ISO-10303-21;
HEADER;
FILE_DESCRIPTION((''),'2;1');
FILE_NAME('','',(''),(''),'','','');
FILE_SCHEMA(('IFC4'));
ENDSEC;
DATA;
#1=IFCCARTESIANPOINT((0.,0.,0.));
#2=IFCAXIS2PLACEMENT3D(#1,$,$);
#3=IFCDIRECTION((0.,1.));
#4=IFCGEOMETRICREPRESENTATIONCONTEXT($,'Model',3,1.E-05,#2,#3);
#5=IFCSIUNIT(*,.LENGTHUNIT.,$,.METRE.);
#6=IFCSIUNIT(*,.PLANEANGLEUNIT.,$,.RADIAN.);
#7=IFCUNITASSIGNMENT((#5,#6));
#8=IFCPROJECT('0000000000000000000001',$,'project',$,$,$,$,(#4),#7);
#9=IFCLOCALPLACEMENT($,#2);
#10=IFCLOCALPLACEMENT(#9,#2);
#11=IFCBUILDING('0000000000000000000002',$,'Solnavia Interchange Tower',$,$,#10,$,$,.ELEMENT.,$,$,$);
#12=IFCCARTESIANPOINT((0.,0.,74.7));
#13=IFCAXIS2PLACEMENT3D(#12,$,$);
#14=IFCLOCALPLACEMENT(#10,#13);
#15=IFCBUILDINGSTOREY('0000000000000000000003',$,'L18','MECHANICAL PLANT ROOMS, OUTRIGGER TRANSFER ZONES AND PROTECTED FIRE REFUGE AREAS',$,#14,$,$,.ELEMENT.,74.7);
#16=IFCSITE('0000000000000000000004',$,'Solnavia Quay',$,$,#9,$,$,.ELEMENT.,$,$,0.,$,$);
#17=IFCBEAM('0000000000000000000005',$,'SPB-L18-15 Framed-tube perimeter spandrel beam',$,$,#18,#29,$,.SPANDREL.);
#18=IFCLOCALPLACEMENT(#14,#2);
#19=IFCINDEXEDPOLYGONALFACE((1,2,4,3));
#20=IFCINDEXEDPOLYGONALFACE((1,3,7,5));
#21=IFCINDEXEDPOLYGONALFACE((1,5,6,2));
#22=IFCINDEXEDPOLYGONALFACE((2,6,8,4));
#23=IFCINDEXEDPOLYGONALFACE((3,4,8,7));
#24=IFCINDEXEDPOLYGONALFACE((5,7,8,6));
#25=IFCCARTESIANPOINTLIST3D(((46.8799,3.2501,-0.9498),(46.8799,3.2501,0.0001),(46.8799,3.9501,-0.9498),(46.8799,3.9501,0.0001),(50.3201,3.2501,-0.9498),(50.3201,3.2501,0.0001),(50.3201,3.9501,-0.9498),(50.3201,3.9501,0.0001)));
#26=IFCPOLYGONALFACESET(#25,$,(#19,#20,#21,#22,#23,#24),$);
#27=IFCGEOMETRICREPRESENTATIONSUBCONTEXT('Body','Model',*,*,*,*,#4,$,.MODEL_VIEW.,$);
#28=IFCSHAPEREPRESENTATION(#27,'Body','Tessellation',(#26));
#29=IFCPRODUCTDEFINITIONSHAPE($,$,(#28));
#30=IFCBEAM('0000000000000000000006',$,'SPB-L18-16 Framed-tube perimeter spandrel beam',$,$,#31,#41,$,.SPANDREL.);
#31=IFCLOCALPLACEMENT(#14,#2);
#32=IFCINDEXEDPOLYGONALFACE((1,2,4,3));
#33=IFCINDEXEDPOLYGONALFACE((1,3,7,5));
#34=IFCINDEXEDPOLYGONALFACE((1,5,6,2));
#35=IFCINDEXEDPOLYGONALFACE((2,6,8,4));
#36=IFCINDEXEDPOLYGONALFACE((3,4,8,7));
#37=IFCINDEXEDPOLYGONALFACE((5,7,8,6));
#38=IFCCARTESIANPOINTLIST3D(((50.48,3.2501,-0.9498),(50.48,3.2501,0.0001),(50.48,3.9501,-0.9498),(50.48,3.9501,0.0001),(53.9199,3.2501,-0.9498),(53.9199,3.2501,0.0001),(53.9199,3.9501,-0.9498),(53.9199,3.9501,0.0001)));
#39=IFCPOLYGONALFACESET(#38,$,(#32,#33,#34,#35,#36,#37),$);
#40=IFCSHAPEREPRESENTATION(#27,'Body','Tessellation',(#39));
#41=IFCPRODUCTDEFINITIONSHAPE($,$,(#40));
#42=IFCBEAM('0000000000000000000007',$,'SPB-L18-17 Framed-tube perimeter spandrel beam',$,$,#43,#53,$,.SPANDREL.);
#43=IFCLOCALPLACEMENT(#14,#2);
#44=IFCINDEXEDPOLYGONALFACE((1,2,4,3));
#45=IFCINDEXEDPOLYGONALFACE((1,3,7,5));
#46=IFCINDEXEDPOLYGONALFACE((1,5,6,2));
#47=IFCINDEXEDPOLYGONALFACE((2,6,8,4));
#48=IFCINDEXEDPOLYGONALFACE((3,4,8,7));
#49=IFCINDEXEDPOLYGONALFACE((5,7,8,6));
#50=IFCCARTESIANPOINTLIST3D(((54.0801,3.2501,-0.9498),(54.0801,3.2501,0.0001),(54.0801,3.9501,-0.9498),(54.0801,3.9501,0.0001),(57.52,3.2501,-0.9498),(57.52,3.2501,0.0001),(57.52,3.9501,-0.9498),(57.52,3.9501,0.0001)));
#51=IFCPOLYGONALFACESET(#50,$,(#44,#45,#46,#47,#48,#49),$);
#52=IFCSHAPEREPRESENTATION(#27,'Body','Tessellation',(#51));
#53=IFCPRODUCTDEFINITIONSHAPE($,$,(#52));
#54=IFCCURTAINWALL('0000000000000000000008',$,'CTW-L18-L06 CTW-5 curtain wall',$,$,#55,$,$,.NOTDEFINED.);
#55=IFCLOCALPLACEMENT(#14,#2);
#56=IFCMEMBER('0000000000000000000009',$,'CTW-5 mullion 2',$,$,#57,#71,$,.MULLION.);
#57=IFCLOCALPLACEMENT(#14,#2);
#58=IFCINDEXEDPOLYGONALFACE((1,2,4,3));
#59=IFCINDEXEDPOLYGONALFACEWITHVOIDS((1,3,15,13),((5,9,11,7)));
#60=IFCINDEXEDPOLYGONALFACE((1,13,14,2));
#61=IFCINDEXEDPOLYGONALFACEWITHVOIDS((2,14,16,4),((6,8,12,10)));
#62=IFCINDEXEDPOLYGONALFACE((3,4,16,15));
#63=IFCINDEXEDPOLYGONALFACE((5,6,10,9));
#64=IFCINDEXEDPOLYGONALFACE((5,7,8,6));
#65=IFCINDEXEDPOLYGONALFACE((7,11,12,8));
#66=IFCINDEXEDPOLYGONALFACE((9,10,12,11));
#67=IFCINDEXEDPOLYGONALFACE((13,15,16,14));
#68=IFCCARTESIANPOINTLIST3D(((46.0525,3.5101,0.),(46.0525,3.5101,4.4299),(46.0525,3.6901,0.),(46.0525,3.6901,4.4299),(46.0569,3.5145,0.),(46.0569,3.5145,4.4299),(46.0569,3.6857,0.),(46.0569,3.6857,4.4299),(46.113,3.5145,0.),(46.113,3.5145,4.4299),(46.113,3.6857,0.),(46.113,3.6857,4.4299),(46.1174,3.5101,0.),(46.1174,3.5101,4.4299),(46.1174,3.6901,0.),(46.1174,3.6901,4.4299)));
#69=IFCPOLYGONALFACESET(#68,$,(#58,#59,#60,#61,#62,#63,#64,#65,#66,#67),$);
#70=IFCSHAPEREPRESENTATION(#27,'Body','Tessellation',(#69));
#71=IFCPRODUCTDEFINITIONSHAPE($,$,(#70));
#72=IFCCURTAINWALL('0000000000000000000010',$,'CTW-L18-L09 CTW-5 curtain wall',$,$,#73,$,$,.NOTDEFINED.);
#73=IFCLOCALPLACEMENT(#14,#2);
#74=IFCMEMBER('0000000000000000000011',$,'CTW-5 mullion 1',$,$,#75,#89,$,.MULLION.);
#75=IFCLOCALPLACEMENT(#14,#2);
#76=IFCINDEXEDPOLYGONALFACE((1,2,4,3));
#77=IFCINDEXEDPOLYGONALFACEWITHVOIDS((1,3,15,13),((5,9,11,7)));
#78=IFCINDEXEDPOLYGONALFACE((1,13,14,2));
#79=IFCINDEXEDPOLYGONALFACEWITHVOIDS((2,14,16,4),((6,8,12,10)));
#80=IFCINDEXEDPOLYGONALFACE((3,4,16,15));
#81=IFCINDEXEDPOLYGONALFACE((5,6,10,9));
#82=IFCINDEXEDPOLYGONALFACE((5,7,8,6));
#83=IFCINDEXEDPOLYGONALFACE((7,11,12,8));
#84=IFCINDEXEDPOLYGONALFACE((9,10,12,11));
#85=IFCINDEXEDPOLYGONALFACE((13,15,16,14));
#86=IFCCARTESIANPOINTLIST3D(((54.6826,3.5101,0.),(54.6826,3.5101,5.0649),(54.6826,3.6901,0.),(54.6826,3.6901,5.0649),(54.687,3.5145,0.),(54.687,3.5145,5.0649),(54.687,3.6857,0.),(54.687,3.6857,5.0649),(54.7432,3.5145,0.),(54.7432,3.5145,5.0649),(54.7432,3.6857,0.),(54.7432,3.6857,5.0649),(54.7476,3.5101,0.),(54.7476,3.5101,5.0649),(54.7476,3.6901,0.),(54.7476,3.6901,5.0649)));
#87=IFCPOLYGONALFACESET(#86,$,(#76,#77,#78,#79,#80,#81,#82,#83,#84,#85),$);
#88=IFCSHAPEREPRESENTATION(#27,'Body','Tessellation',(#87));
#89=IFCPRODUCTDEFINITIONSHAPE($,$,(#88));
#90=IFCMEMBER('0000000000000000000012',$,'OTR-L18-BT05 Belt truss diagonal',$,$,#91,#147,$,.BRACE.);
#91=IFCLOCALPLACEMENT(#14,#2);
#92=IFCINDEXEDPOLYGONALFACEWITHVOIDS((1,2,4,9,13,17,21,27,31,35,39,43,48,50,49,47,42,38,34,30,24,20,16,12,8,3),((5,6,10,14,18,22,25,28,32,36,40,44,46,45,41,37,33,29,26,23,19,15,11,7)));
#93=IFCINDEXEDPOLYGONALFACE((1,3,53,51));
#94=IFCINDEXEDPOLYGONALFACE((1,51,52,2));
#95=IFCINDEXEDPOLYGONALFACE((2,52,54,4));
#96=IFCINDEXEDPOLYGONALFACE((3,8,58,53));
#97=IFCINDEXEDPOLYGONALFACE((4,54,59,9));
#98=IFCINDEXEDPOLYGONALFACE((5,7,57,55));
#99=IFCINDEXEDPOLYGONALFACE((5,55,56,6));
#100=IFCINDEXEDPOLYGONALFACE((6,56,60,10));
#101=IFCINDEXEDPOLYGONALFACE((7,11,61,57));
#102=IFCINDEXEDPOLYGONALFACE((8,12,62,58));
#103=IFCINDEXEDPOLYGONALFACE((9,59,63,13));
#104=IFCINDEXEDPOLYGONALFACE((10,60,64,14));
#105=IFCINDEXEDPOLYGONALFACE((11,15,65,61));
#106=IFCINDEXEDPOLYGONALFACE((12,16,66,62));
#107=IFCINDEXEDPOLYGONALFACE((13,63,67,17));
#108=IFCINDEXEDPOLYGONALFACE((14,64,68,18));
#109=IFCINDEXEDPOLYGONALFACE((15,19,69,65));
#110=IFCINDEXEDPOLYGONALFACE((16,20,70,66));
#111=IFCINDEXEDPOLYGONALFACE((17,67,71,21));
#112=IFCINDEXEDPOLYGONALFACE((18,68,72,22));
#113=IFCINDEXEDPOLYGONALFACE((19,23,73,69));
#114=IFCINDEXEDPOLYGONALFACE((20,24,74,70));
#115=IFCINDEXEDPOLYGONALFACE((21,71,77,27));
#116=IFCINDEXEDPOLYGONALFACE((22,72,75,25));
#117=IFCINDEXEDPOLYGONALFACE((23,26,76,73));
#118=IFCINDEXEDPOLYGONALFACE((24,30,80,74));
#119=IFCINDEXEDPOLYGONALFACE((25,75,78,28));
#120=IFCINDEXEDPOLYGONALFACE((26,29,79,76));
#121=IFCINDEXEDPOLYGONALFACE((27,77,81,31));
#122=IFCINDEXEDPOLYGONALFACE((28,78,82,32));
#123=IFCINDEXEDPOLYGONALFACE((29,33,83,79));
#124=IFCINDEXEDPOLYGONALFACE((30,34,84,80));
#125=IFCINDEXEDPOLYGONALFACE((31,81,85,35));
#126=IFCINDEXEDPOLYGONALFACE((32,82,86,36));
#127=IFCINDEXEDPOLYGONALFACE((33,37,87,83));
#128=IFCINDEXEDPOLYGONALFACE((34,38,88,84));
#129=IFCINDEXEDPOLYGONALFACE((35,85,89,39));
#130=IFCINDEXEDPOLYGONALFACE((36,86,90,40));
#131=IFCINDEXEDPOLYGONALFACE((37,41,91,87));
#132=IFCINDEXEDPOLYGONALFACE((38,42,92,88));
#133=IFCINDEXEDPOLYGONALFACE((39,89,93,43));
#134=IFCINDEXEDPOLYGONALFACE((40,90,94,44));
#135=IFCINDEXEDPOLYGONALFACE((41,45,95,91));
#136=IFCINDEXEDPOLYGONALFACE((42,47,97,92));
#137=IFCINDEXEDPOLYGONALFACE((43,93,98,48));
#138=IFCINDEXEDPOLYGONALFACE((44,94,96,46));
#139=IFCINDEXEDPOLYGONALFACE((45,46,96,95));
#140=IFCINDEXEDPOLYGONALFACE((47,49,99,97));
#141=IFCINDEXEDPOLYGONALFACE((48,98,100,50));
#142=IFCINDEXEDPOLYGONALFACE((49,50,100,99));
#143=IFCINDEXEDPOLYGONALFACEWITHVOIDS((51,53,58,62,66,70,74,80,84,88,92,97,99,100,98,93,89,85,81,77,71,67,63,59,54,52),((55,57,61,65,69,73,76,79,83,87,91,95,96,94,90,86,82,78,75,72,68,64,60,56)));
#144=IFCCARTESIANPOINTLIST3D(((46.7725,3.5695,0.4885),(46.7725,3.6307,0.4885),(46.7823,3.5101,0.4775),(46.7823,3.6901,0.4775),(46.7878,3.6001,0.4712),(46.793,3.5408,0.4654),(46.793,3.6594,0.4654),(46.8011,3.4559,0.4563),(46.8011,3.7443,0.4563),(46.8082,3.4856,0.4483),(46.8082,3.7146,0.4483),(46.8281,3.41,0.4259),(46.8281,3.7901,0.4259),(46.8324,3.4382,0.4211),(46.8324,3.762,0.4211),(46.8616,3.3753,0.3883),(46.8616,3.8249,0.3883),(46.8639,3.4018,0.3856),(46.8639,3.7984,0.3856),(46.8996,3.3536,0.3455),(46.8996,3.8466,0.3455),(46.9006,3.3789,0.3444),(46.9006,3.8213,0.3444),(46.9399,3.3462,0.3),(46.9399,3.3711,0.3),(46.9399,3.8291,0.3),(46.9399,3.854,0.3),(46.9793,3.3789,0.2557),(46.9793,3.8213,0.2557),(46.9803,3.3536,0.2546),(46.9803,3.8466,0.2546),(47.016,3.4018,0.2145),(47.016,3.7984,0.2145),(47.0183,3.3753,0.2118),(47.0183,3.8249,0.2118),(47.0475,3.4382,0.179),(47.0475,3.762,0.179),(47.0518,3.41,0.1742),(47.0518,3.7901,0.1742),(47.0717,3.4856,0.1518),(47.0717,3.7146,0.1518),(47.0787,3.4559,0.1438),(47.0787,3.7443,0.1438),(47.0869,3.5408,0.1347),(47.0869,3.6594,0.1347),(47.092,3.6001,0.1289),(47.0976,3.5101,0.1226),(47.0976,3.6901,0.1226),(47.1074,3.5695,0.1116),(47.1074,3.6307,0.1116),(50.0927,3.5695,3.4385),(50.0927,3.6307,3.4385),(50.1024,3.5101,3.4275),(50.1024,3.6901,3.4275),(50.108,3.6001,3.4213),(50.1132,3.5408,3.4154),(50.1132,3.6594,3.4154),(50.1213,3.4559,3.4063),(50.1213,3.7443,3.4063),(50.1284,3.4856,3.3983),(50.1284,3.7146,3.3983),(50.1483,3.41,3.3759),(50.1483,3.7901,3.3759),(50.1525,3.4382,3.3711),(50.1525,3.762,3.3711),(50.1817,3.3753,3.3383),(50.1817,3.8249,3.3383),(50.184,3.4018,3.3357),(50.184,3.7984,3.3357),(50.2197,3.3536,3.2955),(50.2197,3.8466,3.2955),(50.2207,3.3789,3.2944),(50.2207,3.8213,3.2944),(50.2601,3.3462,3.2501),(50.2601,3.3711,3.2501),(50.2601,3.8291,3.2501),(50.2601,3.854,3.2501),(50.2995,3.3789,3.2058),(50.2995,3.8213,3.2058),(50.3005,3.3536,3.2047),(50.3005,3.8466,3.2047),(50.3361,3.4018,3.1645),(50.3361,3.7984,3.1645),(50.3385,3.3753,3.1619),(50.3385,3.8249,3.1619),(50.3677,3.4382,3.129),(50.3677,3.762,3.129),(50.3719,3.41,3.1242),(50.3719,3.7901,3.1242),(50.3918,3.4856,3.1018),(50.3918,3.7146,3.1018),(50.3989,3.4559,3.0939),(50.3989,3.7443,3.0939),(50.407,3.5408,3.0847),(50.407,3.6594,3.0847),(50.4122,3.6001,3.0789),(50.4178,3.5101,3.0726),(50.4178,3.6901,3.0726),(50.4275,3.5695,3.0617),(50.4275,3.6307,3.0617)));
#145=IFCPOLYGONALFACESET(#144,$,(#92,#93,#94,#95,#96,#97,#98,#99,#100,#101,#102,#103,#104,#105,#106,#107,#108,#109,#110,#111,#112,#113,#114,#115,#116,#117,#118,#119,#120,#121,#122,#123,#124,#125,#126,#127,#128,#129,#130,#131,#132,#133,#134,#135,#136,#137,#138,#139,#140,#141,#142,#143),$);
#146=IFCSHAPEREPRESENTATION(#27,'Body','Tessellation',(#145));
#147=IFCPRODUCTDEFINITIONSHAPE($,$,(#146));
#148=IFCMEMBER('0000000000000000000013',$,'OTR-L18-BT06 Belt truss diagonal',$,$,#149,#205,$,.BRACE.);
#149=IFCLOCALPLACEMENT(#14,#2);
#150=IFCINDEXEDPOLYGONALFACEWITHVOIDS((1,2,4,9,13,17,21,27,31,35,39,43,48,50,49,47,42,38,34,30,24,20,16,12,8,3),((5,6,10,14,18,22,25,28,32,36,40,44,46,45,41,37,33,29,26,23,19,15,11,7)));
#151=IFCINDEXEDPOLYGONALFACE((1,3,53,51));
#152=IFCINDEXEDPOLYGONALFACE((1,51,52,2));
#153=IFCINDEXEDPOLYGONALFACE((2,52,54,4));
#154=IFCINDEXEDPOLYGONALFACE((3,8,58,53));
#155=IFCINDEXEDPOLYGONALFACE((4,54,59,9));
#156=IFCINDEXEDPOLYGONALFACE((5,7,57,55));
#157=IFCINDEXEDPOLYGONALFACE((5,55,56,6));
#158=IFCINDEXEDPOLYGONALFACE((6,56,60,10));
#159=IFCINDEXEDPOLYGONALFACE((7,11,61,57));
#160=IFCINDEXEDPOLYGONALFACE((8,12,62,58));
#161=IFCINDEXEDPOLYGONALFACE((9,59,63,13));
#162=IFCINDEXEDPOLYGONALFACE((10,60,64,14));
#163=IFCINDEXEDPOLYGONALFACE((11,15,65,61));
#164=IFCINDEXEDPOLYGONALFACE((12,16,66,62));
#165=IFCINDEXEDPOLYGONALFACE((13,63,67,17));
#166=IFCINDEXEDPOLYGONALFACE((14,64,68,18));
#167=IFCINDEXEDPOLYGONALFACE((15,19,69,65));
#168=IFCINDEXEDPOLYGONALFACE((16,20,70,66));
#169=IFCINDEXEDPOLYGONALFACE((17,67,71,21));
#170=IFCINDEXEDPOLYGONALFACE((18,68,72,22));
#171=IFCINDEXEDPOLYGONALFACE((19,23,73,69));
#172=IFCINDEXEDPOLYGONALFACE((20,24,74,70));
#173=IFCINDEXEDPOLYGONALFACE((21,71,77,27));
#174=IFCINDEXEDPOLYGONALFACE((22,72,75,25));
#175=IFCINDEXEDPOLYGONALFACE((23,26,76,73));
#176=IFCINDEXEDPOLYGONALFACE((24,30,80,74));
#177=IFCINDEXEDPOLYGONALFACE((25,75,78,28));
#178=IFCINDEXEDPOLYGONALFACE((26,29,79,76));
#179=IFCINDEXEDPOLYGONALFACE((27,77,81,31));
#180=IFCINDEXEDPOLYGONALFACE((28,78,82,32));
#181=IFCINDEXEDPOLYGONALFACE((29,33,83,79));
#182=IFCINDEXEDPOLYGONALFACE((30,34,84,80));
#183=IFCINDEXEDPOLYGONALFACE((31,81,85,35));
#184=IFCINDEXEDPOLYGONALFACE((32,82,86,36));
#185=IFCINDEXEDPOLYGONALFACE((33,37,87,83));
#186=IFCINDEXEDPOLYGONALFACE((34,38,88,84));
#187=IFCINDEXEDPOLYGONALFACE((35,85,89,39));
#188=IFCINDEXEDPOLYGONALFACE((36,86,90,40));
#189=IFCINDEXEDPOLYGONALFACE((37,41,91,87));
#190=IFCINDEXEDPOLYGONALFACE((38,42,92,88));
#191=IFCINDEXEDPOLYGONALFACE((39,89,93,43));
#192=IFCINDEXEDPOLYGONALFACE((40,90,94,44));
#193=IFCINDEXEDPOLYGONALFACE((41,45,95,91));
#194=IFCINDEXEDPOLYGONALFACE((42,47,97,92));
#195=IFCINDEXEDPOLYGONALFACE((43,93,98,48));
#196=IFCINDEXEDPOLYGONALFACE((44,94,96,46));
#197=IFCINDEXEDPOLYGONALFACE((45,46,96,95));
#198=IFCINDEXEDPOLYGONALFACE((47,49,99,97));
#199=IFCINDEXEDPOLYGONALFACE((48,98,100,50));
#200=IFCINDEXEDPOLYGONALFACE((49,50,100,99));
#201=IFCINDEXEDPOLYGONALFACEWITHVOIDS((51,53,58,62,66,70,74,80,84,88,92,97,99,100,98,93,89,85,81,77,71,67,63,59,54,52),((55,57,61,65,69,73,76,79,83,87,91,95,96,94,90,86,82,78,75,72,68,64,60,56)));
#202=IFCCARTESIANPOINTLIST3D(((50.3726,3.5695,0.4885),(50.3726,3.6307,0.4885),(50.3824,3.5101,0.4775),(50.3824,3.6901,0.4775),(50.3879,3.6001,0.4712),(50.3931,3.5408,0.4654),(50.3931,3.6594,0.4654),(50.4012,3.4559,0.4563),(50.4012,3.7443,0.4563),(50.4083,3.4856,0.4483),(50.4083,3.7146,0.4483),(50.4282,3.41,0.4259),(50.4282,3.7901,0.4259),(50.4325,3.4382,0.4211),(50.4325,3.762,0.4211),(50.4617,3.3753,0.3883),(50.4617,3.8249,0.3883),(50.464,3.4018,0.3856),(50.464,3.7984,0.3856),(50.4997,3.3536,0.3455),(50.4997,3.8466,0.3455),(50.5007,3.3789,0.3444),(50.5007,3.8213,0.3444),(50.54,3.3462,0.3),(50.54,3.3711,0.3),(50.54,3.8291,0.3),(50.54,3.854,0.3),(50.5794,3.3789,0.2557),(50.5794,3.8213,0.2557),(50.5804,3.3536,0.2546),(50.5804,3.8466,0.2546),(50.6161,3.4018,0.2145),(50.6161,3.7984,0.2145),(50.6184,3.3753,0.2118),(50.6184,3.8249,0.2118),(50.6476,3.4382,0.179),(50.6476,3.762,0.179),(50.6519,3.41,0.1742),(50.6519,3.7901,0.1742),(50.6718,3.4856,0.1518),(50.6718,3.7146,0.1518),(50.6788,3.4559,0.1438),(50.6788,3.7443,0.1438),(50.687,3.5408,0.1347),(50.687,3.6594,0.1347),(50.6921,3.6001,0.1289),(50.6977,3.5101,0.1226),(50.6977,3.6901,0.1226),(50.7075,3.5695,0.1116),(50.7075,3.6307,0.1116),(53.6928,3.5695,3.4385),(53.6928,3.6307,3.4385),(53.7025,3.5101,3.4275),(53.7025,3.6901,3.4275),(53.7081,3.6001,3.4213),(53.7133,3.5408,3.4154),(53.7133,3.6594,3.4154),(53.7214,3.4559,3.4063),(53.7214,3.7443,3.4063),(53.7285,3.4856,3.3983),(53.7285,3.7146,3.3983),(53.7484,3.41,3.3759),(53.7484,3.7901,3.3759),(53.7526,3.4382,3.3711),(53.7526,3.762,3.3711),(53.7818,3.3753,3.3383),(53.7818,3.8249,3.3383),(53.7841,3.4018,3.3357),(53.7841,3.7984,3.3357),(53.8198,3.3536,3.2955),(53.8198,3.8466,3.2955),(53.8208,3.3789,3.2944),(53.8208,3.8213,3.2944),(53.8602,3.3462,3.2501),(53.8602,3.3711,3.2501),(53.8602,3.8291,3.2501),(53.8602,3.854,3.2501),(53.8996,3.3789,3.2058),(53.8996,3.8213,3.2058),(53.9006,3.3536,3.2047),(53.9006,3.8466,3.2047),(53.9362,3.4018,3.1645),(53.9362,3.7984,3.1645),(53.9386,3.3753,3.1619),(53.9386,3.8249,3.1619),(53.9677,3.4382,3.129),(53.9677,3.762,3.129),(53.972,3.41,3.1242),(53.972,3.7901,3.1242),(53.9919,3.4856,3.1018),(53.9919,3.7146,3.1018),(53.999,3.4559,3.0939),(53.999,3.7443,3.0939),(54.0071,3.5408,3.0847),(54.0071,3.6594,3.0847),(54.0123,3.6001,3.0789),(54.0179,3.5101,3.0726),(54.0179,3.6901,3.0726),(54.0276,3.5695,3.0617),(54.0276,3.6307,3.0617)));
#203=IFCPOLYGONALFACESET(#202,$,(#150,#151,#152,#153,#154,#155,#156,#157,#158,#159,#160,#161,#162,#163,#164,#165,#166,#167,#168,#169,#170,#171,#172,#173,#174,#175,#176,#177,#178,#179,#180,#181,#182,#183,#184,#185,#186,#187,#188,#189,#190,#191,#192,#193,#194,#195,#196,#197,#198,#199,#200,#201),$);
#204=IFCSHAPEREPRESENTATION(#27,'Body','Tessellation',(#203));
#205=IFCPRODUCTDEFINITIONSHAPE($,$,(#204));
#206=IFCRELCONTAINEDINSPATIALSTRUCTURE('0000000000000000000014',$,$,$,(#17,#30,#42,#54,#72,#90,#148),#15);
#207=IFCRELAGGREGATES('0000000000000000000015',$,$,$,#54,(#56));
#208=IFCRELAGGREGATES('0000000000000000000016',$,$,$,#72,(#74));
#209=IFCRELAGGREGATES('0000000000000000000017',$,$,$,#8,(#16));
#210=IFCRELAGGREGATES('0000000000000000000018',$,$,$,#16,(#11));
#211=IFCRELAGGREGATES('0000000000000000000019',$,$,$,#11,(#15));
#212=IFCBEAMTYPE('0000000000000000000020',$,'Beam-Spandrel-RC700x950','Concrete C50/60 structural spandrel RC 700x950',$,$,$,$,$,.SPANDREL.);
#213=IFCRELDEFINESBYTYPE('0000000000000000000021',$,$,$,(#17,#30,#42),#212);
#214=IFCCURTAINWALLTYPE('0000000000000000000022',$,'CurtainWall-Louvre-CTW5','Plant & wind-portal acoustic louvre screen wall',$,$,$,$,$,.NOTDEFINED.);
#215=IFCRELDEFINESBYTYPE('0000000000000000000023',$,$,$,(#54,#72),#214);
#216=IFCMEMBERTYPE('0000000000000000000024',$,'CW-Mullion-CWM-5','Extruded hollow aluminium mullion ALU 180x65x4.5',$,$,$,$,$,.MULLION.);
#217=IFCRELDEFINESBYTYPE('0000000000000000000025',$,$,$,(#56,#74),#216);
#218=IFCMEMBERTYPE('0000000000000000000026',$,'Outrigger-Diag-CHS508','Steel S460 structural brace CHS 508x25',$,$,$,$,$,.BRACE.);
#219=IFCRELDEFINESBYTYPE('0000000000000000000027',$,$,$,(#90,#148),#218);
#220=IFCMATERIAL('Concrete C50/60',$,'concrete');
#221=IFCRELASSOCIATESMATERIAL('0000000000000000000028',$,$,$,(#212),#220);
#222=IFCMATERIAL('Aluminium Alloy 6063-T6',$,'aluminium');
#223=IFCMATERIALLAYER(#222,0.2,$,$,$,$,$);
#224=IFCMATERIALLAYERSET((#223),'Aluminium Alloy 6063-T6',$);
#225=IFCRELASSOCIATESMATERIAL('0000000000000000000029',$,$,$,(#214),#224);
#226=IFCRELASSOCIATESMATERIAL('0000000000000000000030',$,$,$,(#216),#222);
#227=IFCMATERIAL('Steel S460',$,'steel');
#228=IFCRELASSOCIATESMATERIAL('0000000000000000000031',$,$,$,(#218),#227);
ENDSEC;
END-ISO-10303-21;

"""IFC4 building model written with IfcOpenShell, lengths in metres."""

from ifc_helpers import new_model, si_unit, direction, frame, origin, origin_2d, place, context, subcontext, project, spatial, rectangle, hollow_rectangle, hollow_circle, extrude, material, layer, layer_set, material_profile, profile_set, type_object, element, aggregate, save


model = new_model("IFC4")

# Units and contexts
model_context = context("Model", 3, precision=1e-05, world=origin(), true_north=direction((0.0, 1.0)))
body_context = subcontext(model_context, "Body", "Model", "MODEL_VIEW")
ifc_project = project(units=[si_unit("LENGTHUNIT", "METRE"), si_unit("PLANEANGLEUNIT", "RADIAN")], contexts=[model_context])

# Site, building, storey
site_placement = place(None, origin())
site = spatial("IfcSite", under=ifc_project, at=site_placement, Name="Solnavia Quay", CompositionType="ELEMENT", RefElevation=0.0)
building_placement = place(site_placement, origin())
building = spatial("IfcBuilding", under=site, at=building_placement, Name="Solnavia Interchange Tower", CompositionType="ELEMENT")
storey_placement = place(building_placement, frame((0.0, 0.0, 74.7)))
storey = spatial("IfcBuildingStorey", under=building, at=storey_placement, Name="L18", Description="MECHANICAL PLANT ROOMS, OUTRIGGER TRANSFER ZONES AND PROTECTED FIRE REFUGE AREAS", CompositionType="ELEMENT", Elevation=74.7)

# Beams
ifc_material_1 = material(Name="Concrete C50/60", Category="concrete")
ifc_material_profile_1 = material_profile(ifc_material_1, rectangle(XDim=0.7, YDim=0.95, at=origin_2d()), Name="RC 700x950")
ifc_profile_set_1 = profile_set([ifc_material_profile_1], Name="Concrete C50/60")
beam_type_1 = type_object("IfcBeamType", Name="Beam-Spandrel-RC700x950", Description="Concrete C50/60 structural spandrel RC 700x950", PredefinedType="SPANDREL", material=ifc_profile_set_1)
beam_1_placement = place(storey_placement, frame((46.8799, 3.6001, -0.4749), z_axis=(1.0, 0.0, 0.0), x_axis=(0.0, 1.0, 0.0)))
element("IfcBeam", 1, at=beam_1_placement, inside=storey, type_object=beam_type_1, Name="SPB-L18-15 Framed-tube perimeter spandrel beam", PredefinedType="SPANDREL", context=body_context, shape_type="SweptSolid", body=[
    extrude(rectangle(XDim=0.7, YDim=0.95, at=origin_2d()), origin(), (0.0, 0.0, 1.0), 3.4402),
])
for number, where, z_axis, x_axis, name in (
    (2, (50.48, 3.6001, -0.4749), (1.0, 0.0, 0.0), (0.0, 1.0, 0.0), "SPB-L18-16 Framed-tube perimeter spandrel beam"),
    (3, (54.0801, 3.6001, -0.4749), (1.0, 0.0, 0.0), (0.0, 1.0, 0.0), "SPB-L18-17 Framed-tube perimeter spandrel beam"),
):
    element("IfcBeam", number, at=place(storey_placement, frame(where, z_axis=z_axis, x_axis=x_axis)), inside=storey, type_object=beam_type_1, Name=name, PredefinedType="SPANDREL", context=body_context, shape_type="SweptSolid", body=[
        extrude(rectangle(XDim=0.7, YDim=0.95, at=origin_2d()), origin(), (0.0, 0.0, 1.0), 3.4399),
    ])

# Curtain walls, members
ifc_material_2 = material(Name="Aluminium Alloy 6063-T6", Category="aluminium")
ifc_layer_1 = layer(ifc_material_2, 0.2)
ifc_layer_set_1 = layer_set([ifc_layer_1], Name="Aluminium Alloy 6063-T6")
curtain_wall_type = type_object("IfcCurtainWallType", Name="CurtainWall-Louvre-CTW5", Description="Plant & wind-portal acoustic louvre screen wall", PredefinedType="NOTDEFINED", material=ifc_layer_set_1)
curtain_wall_1_placement = place(storey_placement, origin())
curtain_wall_1 = element("IfcCurtainWall", 4, at=curtain_wall_1_placement, inside=storey, type_object=curtain_wall_type, Name="CTW-L18-L06 CTW-5 curtain wall", PredefinedType="NOTDEFINED")
ifc_material_profile_2 = material_profile(ifc_material_2, hollow_rectangle(XDim=0.0649, YDim=0.1799, WallThickness=0.0044, at=origin_2d()), Name="ALU 180x65x4.5")
ifc_profile_set_2 = profile_set([ifc_material_profile_2], Name="Aluminium Alloy 6063-T6")
member_type_1 = type_object("IfcMemberType", Name="CW-Mullion-CWM-5", Description="Extruded hollow aluminium mullion ALU 180x65x4.5", PredefinedType="MULLION", material=ifc_profile_set_2)
member_1_placement = place(storey_placement, frame((46.085, 3.6001, 0.0), z_axis=(0.0, 0.0, 1.0), x_axis=(1.0, 0.0, 0.0)))
member_1 = element("IfcMember", 5, at=member_1_placement, type_object=member_type_1, Name="CTW-5 mullion 2", PredefinedType="MULLION", context=body_context, shape_type="SweptSolid", body=[
    extrude(hollow_rectangle(XDim=0.0649, YDim=0.1799, WallThickness=0.0044, at=origin_2d()), origin(), (0.0, 0.0, 1.0), 4.4299),
])
aggregate(curtain_wall_1, [member_1])
curtain_wall_2_placement = place(storey_placement, origin())
curtain_wall_2 = element("IfcCurtainWall", 6, at=curtain_wall_2_placement, inside=storey, type_object=curtain_wall_type, Name="CTW-L18-L09 CTW-5 curtain wall", PredefinedType="NOTDEFINED")
member_2_placement = place(storey_placement, frame((54.7151, 3.6001, 0.0), z_axis=(0.0, 0.0, 1.0), x_axis=(1.0, 0.0, 0.0)))
member_2 = element("IfcMember", 7, at=member_2_placement, type_object=member_type_1, Name="CTW-5 mullion 1", PredefinedType="MULLION", context=body_context, shape_type="SweptSolid", body=[
    extrude(hollow_rectangle(XDim=0.0649, YDim=0.1799, WallThickness=0.0044, at=origin_2d()), origin(), (0.0, 0.0, 1.0), 5.0649),
])
aggregate(curtain_wall_2, [member_2])

# Members
ifc_material_3 = material(Name="Steel S460", Category="steel")
ifc_material_profile_3 = material_profile(ifc_material_3, hollow_circle(Radius=0.2539, WallThickness=0.0249, at=origin_2d()), Name="CHS 508x25")
ifc_profile_set_3 = profile_set([ifc_material_profile_3], Name="Steel S460")
member_type_2 = type_object("IfcMemberType", Name="Outrigger-Diag-CHS508", Description="Steel S460 structural brace CHS 508x25", PredefinedType="BRACE", material=ifc_profile_set_3)
for number, where, z_axis, x_axis, name in (
    (8, (46.9399, 3.6001, 0.3), (0.747546, 0.0, 0.66421), (0.0, 1.0, 0.0), "OTR-L18-BT05 Belt truss diagonal"),
    (9, (50.54, 3.6001, 0.3), (0.747546, 0.0, 0.66421), (0.0, 1.0, 0.0), "OTR-L18-BT06 Belt truss diagonal"),
):
    element("IfcMember", number, at=place(storey_placement, frame(where, z_axis=z_axis, x_axis=x_axis)), inside=storey, type_object=member_type_2, Name=name, PredefinedType="BRACE", context=body_context, shape_type="SweptSolid", body=[
        extrude(hollow_circle(Radius=0.2539, WallThickness=0.0249, at=origin_2d()), origin(), (0.0, 0.0, 1.0), 4.4414),
    ])

save(model, "model.ifc")
